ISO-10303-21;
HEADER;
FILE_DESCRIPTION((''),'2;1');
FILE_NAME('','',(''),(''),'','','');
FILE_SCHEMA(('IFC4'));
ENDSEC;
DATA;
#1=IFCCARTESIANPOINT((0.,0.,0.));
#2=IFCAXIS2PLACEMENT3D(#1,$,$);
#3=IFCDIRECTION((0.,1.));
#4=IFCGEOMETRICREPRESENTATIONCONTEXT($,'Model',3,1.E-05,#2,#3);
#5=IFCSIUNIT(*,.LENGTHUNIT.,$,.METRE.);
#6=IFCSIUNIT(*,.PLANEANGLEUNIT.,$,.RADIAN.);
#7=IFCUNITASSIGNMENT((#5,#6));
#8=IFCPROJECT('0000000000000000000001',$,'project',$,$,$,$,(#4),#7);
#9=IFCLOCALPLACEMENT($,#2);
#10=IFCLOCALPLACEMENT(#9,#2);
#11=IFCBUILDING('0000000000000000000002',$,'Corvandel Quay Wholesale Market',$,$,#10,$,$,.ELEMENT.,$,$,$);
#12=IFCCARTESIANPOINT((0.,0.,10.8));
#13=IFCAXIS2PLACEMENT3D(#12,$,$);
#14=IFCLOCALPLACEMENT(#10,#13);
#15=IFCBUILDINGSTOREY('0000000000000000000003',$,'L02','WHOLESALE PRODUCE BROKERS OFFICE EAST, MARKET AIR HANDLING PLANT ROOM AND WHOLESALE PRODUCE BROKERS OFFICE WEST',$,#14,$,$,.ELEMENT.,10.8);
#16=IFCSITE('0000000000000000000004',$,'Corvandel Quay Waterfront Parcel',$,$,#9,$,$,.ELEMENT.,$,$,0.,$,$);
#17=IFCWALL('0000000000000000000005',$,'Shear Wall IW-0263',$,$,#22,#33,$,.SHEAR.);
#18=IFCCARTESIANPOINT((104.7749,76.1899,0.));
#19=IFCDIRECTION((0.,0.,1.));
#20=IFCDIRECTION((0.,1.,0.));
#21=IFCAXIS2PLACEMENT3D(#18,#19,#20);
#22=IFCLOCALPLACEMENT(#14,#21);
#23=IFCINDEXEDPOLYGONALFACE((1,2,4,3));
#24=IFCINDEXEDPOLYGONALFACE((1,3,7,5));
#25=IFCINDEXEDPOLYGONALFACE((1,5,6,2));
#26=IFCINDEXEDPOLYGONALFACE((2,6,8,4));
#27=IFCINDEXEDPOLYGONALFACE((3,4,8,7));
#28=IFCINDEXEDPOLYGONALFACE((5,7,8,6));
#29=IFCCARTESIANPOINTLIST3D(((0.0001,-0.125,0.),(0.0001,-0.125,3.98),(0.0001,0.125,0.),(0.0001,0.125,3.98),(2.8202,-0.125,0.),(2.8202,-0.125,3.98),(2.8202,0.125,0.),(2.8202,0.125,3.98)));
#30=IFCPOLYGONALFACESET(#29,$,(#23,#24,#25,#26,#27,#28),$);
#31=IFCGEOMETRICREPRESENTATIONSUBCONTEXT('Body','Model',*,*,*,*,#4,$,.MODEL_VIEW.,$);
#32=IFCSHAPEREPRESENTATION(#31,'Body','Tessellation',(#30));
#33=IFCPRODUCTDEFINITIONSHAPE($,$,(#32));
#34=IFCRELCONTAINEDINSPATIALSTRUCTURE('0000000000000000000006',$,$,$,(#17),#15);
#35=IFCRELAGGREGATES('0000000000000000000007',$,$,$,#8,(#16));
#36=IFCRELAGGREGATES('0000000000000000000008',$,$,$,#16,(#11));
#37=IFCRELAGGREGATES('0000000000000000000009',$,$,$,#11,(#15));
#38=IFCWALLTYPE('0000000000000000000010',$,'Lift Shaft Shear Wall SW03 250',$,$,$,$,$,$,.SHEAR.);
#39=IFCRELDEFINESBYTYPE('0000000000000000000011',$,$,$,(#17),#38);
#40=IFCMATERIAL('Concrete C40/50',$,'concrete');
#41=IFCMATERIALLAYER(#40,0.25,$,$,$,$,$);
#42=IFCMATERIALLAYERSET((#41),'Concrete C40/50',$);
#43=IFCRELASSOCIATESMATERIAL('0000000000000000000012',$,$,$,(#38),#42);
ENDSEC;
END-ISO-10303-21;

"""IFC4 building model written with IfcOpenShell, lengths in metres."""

from ifc_helpers import new_model, si_unit, direction, frame, frame_2d, origin, place, context, subcontext, project, spatial, rectangle, extrude, material, layer, layer_set, type_object, element, save


model = new_model("IFC4")

# Units and contexts
model_context = context("Model", 3, precision=1e-05, world=origin(), true_north=direction((0.0, 1.0)))
body_context = subcontext(model_context, "Body", "Model", "MODEL_VIEW")
ifc_project = project(units=[si_unit("LENGTHUNIT", "METRE"), si_unit("PLANEANGLEUNIT", "RADIAN")], contexts=[model_context])

# Site, building, storey
site_placement = place(None, origin())
site = spatial("IfcSite", under=ifc_project, at=site_placement, Name="Corvandel Quay Waterfront Parcel", CompositionType="ELEMENT", RefElevation=0.0)
building_placement = place(site_placement, origin())
building = spatial("IfcBuilding", under=site, at=building_placement, Name="Corvandel Quay Wholesale Market", CompositionType="ELEMENT")
storey_placement = place(building_placement, frame((0.0, 0.0, 10.8)))
storey = spatial("IfcBuildingStorey", under=building, at=storey_placement, Name="L02", Description="WHOLESALE PRODUCE BROKERS OFFICE EAST, MARKET AIR HANDLING PLANT ROOM AND WHOLESALE PRODUCE BROKERS OFFICE WEST", CompositionType="ELEMENT", Elevation=10.8)

# Shared definitions
ifc_material_1 = material(Name="Concrete C40/50", Category="concrete")
ifc_layer_1 = layer(ifc_material_1, 0.25)
ifc_layer_set_1 = layer_set([ifc_layer_1], Name="Concrete C40/50")
wall_type = type_object("IfcWallType", Name="Lift Shaft Shear Wall SW03 250", PredefinedType="SHEAR", material=ifc_layer_set_1)

# Wall
wall_1_placement = place(storey_placement, frame((104.7749, 76.1899, 0.0), z_axis=(0.0, 0.0, 1.0), x_axis=(0.0, 1.0, 0.0)))
element("IfcWall", 1, at=wall_1_placement, inside=storey, type_object=wall_type, Name="Shear Wall IW-0263", PredefinedType="SHEAR", context=body_context, shape_type="SweptSolid", body=[
    extrude(rectangle(XDim=2.8201, YDim=0.25, at=frame_2d((1.4102, 0.0))), origin(), (0.0, 0.0, 1.0), 3.98),
])

save(model, "model.ifc")
